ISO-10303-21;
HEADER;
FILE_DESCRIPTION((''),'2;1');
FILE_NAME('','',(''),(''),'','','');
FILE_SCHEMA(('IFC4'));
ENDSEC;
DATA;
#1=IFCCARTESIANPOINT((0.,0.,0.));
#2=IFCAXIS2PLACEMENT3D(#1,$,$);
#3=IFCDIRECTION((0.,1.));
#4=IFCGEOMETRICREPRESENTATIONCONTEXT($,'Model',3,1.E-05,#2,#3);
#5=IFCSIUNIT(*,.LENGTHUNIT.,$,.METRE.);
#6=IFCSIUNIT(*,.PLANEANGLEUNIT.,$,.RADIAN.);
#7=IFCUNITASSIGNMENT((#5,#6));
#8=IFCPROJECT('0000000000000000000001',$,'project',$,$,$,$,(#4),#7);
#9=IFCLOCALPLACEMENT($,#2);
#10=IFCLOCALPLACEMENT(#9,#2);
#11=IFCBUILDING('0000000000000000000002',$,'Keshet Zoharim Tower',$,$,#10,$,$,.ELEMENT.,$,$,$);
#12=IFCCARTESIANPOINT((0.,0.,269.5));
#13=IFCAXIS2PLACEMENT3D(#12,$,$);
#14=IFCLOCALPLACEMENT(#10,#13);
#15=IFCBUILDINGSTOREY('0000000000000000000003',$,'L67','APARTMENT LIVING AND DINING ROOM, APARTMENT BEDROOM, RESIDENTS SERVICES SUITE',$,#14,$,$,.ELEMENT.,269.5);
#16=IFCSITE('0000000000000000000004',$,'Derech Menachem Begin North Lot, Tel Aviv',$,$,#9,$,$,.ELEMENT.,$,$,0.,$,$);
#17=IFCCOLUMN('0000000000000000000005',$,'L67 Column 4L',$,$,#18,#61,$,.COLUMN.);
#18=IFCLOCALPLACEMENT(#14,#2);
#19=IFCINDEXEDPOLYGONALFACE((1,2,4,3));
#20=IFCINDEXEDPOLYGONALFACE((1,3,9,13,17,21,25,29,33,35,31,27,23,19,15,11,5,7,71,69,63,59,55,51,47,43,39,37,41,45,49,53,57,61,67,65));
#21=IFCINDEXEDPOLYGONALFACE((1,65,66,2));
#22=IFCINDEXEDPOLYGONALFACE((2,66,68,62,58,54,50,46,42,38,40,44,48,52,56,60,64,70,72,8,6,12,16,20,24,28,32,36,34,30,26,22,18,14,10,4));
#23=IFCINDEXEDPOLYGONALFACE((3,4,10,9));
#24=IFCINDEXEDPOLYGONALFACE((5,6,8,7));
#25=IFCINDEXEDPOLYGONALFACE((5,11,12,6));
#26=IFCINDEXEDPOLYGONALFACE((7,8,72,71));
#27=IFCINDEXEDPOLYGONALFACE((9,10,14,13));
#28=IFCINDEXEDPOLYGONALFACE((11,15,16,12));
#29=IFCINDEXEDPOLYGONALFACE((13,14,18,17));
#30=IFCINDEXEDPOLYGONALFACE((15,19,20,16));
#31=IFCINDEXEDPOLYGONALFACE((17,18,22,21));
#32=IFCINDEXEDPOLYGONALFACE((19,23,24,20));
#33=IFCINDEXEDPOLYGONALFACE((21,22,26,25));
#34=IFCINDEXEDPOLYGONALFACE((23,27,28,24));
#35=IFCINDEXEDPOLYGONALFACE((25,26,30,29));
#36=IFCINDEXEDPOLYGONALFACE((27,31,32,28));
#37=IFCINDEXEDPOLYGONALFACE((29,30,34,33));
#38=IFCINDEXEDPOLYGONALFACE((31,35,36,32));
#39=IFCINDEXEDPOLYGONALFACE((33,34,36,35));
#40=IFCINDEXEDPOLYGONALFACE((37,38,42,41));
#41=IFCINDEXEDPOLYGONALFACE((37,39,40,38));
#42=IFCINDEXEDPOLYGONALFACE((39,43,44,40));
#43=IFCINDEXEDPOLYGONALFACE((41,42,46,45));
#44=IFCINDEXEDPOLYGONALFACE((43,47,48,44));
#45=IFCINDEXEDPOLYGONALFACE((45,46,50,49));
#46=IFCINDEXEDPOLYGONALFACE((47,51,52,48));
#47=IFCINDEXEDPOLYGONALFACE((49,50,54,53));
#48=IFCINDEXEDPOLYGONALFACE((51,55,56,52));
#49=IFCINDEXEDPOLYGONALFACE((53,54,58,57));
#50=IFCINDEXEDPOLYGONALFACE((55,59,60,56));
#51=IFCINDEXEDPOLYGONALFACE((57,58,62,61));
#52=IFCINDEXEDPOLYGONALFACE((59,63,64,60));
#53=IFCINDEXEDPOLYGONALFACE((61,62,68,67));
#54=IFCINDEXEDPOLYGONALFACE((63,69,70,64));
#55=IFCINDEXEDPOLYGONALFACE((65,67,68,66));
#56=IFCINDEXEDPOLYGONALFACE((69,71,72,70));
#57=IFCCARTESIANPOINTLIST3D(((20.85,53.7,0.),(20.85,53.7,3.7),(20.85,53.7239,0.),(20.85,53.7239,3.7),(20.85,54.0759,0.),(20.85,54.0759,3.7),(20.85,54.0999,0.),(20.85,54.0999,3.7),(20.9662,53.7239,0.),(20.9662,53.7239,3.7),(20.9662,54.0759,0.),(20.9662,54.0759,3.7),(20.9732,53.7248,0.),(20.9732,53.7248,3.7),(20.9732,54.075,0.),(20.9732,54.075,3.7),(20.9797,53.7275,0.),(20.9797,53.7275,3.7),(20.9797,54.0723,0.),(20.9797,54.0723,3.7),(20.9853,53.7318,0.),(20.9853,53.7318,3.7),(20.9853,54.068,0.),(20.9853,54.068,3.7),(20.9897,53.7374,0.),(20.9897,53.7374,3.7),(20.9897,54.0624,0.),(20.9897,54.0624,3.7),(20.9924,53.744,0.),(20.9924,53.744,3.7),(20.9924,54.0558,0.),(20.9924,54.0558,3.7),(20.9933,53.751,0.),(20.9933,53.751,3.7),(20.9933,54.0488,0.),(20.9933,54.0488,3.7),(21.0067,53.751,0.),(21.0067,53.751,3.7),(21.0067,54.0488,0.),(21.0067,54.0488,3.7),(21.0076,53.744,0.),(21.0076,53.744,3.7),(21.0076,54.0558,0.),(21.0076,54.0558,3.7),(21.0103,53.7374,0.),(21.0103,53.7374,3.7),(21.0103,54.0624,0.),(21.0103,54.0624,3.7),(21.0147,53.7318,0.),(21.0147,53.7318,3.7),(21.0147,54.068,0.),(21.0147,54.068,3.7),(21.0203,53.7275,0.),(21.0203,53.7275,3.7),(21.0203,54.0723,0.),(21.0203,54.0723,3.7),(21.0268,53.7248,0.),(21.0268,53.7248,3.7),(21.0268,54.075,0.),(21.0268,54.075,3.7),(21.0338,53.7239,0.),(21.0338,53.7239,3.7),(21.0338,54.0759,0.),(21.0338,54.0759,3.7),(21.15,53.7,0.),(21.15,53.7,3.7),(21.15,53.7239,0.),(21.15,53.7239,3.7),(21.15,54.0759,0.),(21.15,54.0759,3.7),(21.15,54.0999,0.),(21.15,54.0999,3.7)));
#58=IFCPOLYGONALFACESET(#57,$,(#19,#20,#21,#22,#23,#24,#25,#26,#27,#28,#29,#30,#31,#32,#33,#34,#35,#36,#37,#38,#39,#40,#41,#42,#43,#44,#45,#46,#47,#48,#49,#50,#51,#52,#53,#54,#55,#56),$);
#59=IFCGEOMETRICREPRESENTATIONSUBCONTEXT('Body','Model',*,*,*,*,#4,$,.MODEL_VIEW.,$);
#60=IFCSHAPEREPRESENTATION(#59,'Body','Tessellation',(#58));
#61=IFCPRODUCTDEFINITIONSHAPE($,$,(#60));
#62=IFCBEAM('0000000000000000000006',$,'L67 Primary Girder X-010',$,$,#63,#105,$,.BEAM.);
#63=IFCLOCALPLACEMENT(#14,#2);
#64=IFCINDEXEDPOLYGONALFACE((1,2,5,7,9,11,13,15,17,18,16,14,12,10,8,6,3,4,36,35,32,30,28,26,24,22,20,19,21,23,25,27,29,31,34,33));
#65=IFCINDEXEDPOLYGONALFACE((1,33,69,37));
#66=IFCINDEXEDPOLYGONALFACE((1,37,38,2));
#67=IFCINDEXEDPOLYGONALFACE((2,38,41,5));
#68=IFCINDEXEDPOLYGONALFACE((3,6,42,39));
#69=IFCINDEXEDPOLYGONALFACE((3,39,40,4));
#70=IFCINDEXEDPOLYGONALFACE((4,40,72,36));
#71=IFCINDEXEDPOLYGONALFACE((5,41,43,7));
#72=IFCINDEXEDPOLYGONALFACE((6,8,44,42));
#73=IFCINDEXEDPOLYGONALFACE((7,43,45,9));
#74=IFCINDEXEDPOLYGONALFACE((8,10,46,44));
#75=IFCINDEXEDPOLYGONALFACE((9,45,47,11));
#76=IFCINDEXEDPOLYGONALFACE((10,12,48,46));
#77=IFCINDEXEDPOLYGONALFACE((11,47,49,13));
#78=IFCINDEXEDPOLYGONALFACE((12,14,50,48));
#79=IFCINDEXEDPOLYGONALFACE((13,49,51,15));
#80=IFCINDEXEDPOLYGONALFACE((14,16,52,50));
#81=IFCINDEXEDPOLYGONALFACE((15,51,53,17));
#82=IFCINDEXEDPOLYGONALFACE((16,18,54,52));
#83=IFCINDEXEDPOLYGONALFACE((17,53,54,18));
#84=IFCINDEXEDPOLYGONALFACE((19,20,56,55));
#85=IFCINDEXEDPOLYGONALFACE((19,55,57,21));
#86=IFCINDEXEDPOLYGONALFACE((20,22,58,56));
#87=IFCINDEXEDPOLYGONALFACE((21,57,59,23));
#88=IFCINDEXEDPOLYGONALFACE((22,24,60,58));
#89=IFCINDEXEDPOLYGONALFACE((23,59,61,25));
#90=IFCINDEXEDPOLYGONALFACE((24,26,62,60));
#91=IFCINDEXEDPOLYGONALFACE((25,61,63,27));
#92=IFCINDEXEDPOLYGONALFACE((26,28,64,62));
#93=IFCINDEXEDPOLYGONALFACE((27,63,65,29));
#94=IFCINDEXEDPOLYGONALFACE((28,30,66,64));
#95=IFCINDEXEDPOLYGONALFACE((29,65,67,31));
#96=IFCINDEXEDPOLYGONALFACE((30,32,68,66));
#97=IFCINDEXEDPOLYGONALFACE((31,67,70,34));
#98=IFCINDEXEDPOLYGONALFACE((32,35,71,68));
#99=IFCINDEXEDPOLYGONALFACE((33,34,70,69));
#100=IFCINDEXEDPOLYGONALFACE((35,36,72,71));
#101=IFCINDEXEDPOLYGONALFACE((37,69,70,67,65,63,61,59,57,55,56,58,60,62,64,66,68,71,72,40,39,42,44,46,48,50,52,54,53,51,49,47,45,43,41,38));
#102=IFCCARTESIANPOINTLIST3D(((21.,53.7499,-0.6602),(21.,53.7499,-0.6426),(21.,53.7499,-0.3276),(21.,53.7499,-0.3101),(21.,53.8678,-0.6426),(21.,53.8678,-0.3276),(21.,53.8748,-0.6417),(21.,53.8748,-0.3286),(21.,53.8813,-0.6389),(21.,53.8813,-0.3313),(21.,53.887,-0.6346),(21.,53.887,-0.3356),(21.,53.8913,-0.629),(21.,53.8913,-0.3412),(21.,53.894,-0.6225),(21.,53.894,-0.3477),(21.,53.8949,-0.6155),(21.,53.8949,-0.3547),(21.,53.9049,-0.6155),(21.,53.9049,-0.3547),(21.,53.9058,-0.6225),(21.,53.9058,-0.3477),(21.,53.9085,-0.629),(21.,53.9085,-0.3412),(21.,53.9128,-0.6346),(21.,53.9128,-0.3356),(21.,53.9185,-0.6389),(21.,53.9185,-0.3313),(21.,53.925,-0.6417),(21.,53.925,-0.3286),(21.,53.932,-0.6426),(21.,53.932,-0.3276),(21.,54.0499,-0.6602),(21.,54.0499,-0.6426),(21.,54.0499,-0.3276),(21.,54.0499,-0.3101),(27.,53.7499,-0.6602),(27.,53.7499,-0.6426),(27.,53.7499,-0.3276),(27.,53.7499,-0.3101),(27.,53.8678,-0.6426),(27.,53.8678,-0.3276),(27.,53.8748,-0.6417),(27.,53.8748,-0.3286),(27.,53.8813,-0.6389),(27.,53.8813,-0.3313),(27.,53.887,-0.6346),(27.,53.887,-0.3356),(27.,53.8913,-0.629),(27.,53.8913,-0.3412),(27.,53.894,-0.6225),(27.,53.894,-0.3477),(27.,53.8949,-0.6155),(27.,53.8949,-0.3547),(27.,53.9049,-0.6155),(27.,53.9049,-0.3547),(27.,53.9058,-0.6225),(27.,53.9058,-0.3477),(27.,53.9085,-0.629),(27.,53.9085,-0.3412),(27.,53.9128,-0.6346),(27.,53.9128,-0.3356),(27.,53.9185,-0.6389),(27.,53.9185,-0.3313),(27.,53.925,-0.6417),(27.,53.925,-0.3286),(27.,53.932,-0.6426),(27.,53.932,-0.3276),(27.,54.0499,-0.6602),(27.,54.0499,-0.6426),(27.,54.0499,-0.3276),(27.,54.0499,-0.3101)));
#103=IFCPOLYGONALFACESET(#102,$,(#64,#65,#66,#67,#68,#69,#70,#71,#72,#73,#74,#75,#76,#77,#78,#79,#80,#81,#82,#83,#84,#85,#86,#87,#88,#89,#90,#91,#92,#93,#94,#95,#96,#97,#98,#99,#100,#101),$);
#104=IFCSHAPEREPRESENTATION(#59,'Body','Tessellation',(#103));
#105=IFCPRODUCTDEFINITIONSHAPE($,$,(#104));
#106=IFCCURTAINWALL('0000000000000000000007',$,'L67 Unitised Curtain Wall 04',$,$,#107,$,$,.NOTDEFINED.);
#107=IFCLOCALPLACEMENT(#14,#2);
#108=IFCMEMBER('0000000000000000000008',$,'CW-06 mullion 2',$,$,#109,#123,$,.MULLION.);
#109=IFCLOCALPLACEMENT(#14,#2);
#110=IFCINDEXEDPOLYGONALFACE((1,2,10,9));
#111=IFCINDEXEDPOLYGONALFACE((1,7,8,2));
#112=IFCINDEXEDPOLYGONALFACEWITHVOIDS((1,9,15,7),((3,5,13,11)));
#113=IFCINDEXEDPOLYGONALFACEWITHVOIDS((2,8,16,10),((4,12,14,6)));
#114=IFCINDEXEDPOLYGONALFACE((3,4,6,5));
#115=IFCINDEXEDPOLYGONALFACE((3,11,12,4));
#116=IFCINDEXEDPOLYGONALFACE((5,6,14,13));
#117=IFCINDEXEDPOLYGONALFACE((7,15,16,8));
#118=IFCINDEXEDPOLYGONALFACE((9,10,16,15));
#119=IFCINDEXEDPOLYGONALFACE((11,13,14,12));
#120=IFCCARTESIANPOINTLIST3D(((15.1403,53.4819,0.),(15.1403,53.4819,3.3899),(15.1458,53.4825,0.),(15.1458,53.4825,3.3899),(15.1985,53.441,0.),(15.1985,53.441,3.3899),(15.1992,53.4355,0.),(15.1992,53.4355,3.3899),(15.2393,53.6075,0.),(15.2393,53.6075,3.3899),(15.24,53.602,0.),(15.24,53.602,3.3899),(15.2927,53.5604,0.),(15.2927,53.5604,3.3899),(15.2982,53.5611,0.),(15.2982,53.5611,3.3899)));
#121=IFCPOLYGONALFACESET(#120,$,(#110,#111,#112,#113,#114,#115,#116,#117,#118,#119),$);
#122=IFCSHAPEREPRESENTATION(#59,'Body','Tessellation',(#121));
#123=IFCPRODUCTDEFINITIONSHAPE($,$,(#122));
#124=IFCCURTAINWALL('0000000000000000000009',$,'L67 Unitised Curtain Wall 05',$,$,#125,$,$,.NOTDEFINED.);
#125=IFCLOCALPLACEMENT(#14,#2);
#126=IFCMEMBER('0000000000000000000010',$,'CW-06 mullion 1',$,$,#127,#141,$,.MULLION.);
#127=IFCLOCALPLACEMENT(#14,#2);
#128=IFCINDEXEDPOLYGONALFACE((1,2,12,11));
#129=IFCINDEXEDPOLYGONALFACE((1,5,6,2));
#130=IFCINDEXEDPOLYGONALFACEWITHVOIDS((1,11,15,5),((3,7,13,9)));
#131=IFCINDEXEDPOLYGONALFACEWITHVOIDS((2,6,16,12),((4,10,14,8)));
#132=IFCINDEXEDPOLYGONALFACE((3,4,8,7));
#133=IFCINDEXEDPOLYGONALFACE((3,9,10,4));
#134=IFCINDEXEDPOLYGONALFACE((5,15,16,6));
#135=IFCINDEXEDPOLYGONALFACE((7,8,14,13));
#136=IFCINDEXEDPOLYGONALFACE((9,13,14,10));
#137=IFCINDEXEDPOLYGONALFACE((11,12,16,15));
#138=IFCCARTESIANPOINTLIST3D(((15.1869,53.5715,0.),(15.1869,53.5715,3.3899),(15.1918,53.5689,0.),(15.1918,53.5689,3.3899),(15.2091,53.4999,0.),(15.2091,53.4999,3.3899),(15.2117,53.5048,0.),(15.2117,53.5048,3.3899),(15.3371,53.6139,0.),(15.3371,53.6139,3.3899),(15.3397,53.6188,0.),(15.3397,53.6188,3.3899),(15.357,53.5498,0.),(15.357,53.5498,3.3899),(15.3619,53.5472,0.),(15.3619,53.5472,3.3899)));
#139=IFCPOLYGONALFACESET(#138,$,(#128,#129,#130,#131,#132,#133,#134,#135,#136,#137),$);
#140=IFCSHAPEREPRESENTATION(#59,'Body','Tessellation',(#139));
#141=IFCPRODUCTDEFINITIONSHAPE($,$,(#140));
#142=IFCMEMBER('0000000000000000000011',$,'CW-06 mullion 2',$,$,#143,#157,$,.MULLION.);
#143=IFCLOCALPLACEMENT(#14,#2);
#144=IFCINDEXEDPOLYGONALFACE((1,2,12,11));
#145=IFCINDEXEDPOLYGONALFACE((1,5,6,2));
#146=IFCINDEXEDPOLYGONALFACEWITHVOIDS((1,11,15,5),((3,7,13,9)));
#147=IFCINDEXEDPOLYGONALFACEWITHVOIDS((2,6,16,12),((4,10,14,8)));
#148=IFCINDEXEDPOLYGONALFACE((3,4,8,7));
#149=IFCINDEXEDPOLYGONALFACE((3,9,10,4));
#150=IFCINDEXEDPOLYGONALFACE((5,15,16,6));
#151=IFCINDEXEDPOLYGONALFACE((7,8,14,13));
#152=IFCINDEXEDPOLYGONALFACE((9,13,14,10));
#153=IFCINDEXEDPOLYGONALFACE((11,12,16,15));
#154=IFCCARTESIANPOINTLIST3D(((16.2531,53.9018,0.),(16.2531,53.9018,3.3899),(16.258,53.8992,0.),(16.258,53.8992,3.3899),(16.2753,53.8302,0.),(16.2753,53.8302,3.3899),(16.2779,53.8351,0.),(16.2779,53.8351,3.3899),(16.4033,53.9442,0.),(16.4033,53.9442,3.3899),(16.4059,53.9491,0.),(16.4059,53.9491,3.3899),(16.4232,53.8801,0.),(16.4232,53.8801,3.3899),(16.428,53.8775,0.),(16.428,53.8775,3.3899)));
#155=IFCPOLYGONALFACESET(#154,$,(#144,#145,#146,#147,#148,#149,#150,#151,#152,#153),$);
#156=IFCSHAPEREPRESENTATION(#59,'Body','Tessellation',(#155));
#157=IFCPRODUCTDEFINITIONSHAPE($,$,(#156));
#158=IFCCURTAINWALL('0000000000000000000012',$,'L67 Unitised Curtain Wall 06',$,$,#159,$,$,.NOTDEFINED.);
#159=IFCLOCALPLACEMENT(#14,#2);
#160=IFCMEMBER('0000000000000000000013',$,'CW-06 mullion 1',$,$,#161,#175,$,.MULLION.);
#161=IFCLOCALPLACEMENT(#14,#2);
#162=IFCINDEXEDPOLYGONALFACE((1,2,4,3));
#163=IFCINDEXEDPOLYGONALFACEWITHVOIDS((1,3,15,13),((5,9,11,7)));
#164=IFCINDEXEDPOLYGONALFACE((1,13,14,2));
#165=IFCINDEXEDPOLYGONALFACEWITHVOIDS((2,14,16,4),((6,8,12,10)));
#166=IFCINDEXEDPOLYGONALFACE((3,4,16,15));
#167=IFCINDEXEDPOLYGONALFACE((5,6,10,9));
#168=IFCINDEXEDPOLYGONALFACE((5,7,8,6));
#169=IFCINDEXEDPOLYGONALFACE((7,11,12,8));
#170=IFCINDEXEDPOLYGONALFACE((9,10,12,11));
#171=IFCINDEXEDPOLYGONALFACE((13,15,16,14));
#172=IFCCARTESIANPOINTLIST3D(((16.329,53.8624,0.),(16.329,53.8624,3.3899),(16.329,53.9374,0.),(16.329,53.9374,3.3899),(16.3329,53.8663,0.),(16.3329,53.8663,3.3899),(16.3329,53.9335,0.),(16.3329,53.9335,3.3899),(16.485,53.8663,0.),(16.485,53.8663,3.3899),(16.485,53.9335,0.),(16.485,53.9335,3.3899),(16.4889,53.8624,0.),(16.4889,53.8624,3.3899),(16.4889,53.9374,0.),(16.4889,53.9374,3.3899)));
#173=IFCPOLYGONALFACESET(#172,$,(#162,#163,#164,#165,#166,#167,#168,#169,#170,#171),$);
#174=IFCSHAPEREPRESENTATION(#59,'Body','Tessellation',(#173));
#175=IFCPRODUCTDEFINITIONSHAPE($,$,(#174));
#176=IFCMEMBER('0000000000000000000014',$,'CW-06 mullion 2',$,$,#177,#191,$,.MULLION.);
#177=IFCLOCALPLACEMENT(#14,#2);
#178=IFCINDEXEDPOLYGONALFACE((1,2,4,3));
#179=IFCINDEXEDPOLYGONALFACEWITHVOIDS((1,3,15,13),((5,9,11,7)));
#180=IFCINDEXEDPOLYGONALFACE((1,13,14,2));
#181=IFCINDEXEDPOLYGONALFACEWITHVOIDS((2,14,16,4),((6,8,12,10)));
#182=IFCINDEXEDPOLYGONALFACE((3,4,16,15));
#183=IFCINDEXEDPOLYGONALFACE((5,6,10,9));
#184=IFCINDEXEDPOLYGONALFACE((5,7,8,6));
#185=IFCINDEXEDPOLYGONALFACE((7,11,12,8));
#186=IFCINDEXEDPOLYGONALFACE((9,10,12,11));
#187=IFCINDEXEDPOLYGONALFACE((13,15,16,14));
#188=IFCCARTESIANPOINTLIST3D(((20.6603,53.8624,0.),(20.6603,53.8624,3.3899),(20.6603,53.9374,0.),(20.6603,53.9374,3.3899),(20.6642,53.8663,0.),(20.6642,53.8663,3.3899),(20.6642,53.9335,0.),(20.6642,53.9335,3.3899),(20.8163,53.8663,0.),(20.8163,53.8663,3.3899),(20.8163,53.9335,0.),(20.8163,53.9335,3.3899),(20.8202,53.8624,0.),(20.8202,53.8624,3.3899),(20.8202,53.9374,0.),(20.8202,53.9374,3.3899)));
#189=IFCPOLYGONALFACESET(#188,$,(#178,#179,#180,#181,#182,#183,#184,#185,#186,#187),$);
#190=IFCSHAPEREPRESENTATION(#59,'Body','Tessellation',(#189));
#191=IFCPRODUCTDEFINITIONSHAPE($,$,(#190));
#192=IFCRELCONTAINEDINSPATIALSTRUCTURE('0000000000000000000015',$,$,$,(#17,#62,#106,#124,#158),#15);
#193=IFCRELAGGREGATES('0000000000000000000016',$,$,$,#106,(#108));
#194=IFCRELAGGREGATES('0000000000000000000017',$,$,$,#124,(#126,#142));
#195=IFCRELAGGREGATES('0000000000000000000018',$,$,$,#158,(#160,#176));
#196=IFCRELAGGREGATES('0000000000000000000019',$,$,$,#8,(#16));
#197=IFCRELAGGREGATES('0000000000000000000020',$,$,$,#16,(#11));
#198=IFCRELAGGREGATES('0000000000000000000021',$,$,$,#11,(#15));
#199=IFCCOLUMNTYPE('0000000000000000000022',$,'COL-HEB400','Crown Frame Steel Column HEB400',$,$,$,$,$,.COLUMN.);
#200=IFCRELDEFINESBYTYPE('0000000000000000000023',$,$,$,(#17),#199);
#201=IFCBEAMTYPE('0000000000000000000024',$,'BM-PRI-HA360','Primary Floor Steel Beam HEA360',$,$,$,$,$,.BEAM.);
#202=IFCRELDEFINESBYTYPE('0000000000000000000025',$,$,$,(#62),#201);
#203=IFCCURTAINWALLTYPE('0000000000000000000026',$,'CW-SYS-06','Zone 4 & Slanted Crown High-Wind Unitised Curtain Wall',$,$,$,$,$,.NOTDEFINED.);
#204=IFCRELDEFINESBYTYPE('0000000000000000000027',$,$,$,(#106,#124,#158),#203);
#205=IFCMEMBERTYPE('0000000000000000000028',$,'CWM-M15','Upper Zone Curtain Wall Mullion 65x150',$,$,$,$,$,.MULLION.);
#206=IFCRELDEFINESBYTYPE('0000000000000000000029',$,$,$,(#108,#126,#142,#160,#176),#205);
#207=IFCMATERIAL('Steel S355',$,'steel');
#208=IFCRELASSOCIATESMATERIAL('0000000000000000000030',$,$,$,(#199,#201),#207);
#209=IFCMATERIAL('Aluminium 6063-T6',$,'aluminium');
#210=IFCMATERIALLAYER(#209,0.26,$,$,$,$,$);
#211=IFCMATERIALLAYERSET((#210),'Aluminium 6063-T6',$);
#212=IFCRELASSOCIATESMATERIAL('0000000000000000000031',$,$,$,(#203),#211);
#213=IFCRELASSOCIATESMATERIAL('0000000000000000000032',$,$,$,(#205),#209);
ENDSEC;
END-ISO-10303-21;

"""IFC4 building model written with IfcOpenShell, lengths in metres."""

from ifc_helpers import new_model, si_unit, direction, frame, origin, origin_2d, place, context, subcontext, project, spatial, hollow_rectangle, i_section, extrude, material, layer, layer_set, material_profile, profile_set, type_object, element, aggregate, save


model = new_model("IFC4")

# Units and contexts
model_context = context("Model", 3, precision=1e-05, world=origin(), true_north=direction((0.0, 1.0)))
body_context = subcontext(model_context, "Body", "Model", "MODEL_VIEW")
ifc_project = project(units=[si_unit("LENGTHUNIT", "METRE"), si_unit("PLANEANGLEUNIT", "RADIAN")], contexts=[model_context])

# Site, building, storey
site_placement = place(None, origin())
site = spatial("IfcSite", under=ifc_project, at=site_placement, Name="Derech Menachem Begin North Lot, Tel Aviv", CompositionType="ELEMENT", RefElevation=0.0)
building_placement = place(site_placement, origin())
building = spatial("IfcBuilding", under=site, at=building_placement, Name="Keshet Zoharim Tower", CompositionType="ELEMENT")
storey_placement = place(building_placement, frame((0.0, 0.0, 269.5)))
storey = spatial("IfcBuildingStorey", under=building, at=storey_placement, Name="L67", Description="APARTMENT LIVING AND DINING ROOM, APARTMENT BEDROOM, RESIDENTS SERVICES SUITE", CompositionType="ELEMENT", Elevation=269.5)

# Column
ifc_material_1 = material(Name="Steel S355", Category="steel")
ifc_material_profile_1 = material_profile(ifc_material_1, i_section(OverallWidth=0.3, OverallDepth=0.3999, WebThickness=0.0134, FlangeThickness=0.0239, FilletRadius=0.0271, at=origin_2d()), Name="HEB400")
ifc_profile_set_1 = profile_set([ifc_material_profile_1], Name="Steel S355")
column_type = type_object("IfcColumnType", Name="COL-HEB400", Description="Crown Frame Steel Column HEB400", PredefinedType="COLUMN", material=ifc_profile_set_1)
column_placement = place(storey_placement, frame((21.0, 53.8999, 0.0), z_axis=(0.0, 0.0, 1.0), x_axis=(1.0, 0.0, 0.0)))
element("IfcColumn", 1, at=column_placement, inside=storey, type_object=column_type, Name="L67 Column 4L", PredefinedType="COLUMN", context=body_context, shape_type="SweptSolid", body=[
    extrude(i_section(OverallWidth=0.3, OverallDepth=0.3999, WebThickness=0.0134, FlangeThickness=0.0239, FilletRadius=0.0271, at=origin_2d()), origin(), (0.0, 0.0, 1.0), 3.7),
])

# Beam
ifc_material_profile_2 = material_profile(ifc_material_1, i_section(OverallWidth=0.3, OverallDepth=0.3501, WebThickness=0.01, FlangeThickness=0.0176, FilletRadius=0.0271, at=origin_2d()), Name="HEA360")
ifc_profile_set_2 = profile_set([ifc_material_profile_2], Name="Steel S355")
beam_type = type_object("IfcBeamType", Name="BM-PRI-HA360", Description="Primary Floor Steel Beam HEA360", PredefinedType="BEAM", material=ifc_profile_set_2)
beam_placement = place(storey_placement, frame((21.0, 53.8999, -0.4851), z_axis=(1.0, 0.0, 0.0), x_axis=(0.0, 1.0, 0.0)))
element("IfcBeam", 2, at=beam_placement, inside=storey, type_object=beam_type, Name="L67 Primary Girder X-010", PredefinedType="BEAM", context=body_context, shape_type="SweptSolid", body=[
    extrude(i_section(OverallWidth=0.3, OverallDepth=0.3501, WebThickness=0.01, FlangeThickness=0.0176, FilletRadius=0.0271, at=origin_2d()), origin(), (0.0, 0.0, 1.0), 6.0),
])

# Curtain wall, member
ifc_material_2 = material(Name="Aluminium 6063-T6", Category="aluminium")
ifc_layer_1 = layer(ifc_material_2, 0.26)
ifc_layer_set_1 = layer_set([ifc_layer_1], Name="Aluminium 6063-T6")
curtain_wall_type = type_object("IfcCurtainWallType", Name="CW-SYS-06", Description="Zone 4 & Slanted Crown High-Wind Unitised Curtain Wall", PredefinedType="NOTDEFINED", material=ifc_layer_set_1)
curtain_wall_1_placement = place(storey_placement, origin())
curtain_wall_1 = element("IfcCurtainWall", 3, at=curtain_wall_1_placement, inside=storey, type_object=curtain_wall_type, Name="L67 Unitised Curtain Wall 04", PredefinedType="NOTDEFINED")
ifc_material_profile_3 = material_profile(ifc_material_2, hollow_rectangle(XDim=0.075, YDim=0.1599, WallThickness=0.0039, at=origin_2d()), Name="MUL-75x160")
ifc_profile_set_3 = profile_set([ifc_material_profile_3], Name="Aluminium 6063-T6")
member_type_1 = type_object("IfcMemberType", Name="CWM-M15", Description="Upper Zone Curtain Wall Mullion 65x150", PredefinedType="MULLION", material=ifc_profile_set_3)
member_1_placement = place(storey_placement, frame((15.2192, 53.5215, 0.0), z_axis=(0.0, 0.0, 1.0), x_axis=(-0.785293, 0.619125, 0.0)))
member_1 = element("IfcMember", 4, at=member_1_placement, type_object=member_type_1, Name="CW-06 mullion 2", PredefinedType="MULLION", context=body_context, shape_type="SweptSolid", body=[
    extrude(hollow_rectangle(XDim=0.075, YDim=0.1599, WallThickness=0.0039, at=origin_2d()), origin(), (0.0, 0.0, 1.0), 3.3899),
])

# Curtain walls, members
curtain_wall_2_placement = place(storey_placement, origin())
curtain_wall_2 = element("IfcCurtainWall", 5, at=curtain_wall_2_placement, inside=storey, type_object=curtain_wall_type, Name="L67 Unitised Curtain Wall 05", PredefinedType="NOTDEFINED")
member_2_placement = place(storey_placement, frame((15.2744, 53.5593, 0.0), z_axis=(0.0, 0.0, 1.0), x_axis=(-0.295922, 0.955212, 0.0)))
member_2 = element("IfcMember", 6, at=member_2_placement, type_object=member_type_1, Name="CW-06 mullion 1", PredefinedType="MULLION", context=body_context, shape_type="SweptSolid", body=[
    extrude(hollow_rectangle(XDim=0.075, YDim=0.1599, WallThickness=0.0039, at=origin_2d()), origin(), (0.0, 0.0, 1.0), 3.3899),
])
member_3_placement = place(storey_placement, frame((16.3406, 53.8896, 0.0), z_axis=(0.0, 0.0, 1.0), x_axis=(-0.295922, 0.955212, 0.0)))
member_3 = element("IfcMember", 7, at=member_3_placement, type_object=member_type_1, Name="CW-06 mullion 2", PredefinedType="MULLION", context=body_context, shape_type="SweptSolid", body=[
    extrude(hollow_rectangle(XDim=0.075, YDim=0.1599, WallThickness=0.0039, at=origin_2d()), origin(), (0.0, 0.0, 1.0), 3.3899),
])
curtain_wall_3_placement = place(storey_placement, origin())
curtain_wall_3 = element("IfcCurtainWall", 8, at=curtain_wall_3_placement, inside=storey, type_object=curtain_wall_type, Name="L67 Unitised Curtain Wall 06", PredefinedType="NOTDEFINED")
member_4_placement = place(storey_placement, frame((16.4089, 53.8999, 0.0), z_axis=(0.0, 0.0, 1.0), x_axis=(0.0, 1.0, 0.0)))
member_4 = element("IfcMember", 9, at=member_4_placement, type_object=member_type_1, Name="CW-06 mullion 1", PredefinedType="MULLION", context=body_context, shape_type="SweptSolid", body=[
    extrude(hollow_rectangle(XDim=0.075, YDim=0.1599, WallThickness=0.0039, at=origin_2d()), origin(), (0.0, 0.0, 1.0), 3.3899),
])
member_5_placement = place(storey_placement, frame((20.7402, 53.8999, 0.0), z_axis=(0.0, 0.0, 1.0), x_axis=(0.0, 1.0, 0.0)))
member_5 = element("IfcMember", 10, at=member_5_placement, type_object=member_type_1, Name="CW-06 mullion 2", PredefinedType="MULLION", context=body_context, shape_type="SweptSolid", body=[
    extrude(hollow_rectangle(XDim=0.075, YDim=0.1599, WallThickness=0.0039, at=origin_2d()), origin(), (0.0, 0.0, 1.0), 3.3899),
])

aggregate(curtain_wall_1, [member_1])
aggregate(curtain_wall_2, [member_2, member_3])
aggregate(curtain_wall_3, [member_4, member_5])

save(model, "model.ifc")
